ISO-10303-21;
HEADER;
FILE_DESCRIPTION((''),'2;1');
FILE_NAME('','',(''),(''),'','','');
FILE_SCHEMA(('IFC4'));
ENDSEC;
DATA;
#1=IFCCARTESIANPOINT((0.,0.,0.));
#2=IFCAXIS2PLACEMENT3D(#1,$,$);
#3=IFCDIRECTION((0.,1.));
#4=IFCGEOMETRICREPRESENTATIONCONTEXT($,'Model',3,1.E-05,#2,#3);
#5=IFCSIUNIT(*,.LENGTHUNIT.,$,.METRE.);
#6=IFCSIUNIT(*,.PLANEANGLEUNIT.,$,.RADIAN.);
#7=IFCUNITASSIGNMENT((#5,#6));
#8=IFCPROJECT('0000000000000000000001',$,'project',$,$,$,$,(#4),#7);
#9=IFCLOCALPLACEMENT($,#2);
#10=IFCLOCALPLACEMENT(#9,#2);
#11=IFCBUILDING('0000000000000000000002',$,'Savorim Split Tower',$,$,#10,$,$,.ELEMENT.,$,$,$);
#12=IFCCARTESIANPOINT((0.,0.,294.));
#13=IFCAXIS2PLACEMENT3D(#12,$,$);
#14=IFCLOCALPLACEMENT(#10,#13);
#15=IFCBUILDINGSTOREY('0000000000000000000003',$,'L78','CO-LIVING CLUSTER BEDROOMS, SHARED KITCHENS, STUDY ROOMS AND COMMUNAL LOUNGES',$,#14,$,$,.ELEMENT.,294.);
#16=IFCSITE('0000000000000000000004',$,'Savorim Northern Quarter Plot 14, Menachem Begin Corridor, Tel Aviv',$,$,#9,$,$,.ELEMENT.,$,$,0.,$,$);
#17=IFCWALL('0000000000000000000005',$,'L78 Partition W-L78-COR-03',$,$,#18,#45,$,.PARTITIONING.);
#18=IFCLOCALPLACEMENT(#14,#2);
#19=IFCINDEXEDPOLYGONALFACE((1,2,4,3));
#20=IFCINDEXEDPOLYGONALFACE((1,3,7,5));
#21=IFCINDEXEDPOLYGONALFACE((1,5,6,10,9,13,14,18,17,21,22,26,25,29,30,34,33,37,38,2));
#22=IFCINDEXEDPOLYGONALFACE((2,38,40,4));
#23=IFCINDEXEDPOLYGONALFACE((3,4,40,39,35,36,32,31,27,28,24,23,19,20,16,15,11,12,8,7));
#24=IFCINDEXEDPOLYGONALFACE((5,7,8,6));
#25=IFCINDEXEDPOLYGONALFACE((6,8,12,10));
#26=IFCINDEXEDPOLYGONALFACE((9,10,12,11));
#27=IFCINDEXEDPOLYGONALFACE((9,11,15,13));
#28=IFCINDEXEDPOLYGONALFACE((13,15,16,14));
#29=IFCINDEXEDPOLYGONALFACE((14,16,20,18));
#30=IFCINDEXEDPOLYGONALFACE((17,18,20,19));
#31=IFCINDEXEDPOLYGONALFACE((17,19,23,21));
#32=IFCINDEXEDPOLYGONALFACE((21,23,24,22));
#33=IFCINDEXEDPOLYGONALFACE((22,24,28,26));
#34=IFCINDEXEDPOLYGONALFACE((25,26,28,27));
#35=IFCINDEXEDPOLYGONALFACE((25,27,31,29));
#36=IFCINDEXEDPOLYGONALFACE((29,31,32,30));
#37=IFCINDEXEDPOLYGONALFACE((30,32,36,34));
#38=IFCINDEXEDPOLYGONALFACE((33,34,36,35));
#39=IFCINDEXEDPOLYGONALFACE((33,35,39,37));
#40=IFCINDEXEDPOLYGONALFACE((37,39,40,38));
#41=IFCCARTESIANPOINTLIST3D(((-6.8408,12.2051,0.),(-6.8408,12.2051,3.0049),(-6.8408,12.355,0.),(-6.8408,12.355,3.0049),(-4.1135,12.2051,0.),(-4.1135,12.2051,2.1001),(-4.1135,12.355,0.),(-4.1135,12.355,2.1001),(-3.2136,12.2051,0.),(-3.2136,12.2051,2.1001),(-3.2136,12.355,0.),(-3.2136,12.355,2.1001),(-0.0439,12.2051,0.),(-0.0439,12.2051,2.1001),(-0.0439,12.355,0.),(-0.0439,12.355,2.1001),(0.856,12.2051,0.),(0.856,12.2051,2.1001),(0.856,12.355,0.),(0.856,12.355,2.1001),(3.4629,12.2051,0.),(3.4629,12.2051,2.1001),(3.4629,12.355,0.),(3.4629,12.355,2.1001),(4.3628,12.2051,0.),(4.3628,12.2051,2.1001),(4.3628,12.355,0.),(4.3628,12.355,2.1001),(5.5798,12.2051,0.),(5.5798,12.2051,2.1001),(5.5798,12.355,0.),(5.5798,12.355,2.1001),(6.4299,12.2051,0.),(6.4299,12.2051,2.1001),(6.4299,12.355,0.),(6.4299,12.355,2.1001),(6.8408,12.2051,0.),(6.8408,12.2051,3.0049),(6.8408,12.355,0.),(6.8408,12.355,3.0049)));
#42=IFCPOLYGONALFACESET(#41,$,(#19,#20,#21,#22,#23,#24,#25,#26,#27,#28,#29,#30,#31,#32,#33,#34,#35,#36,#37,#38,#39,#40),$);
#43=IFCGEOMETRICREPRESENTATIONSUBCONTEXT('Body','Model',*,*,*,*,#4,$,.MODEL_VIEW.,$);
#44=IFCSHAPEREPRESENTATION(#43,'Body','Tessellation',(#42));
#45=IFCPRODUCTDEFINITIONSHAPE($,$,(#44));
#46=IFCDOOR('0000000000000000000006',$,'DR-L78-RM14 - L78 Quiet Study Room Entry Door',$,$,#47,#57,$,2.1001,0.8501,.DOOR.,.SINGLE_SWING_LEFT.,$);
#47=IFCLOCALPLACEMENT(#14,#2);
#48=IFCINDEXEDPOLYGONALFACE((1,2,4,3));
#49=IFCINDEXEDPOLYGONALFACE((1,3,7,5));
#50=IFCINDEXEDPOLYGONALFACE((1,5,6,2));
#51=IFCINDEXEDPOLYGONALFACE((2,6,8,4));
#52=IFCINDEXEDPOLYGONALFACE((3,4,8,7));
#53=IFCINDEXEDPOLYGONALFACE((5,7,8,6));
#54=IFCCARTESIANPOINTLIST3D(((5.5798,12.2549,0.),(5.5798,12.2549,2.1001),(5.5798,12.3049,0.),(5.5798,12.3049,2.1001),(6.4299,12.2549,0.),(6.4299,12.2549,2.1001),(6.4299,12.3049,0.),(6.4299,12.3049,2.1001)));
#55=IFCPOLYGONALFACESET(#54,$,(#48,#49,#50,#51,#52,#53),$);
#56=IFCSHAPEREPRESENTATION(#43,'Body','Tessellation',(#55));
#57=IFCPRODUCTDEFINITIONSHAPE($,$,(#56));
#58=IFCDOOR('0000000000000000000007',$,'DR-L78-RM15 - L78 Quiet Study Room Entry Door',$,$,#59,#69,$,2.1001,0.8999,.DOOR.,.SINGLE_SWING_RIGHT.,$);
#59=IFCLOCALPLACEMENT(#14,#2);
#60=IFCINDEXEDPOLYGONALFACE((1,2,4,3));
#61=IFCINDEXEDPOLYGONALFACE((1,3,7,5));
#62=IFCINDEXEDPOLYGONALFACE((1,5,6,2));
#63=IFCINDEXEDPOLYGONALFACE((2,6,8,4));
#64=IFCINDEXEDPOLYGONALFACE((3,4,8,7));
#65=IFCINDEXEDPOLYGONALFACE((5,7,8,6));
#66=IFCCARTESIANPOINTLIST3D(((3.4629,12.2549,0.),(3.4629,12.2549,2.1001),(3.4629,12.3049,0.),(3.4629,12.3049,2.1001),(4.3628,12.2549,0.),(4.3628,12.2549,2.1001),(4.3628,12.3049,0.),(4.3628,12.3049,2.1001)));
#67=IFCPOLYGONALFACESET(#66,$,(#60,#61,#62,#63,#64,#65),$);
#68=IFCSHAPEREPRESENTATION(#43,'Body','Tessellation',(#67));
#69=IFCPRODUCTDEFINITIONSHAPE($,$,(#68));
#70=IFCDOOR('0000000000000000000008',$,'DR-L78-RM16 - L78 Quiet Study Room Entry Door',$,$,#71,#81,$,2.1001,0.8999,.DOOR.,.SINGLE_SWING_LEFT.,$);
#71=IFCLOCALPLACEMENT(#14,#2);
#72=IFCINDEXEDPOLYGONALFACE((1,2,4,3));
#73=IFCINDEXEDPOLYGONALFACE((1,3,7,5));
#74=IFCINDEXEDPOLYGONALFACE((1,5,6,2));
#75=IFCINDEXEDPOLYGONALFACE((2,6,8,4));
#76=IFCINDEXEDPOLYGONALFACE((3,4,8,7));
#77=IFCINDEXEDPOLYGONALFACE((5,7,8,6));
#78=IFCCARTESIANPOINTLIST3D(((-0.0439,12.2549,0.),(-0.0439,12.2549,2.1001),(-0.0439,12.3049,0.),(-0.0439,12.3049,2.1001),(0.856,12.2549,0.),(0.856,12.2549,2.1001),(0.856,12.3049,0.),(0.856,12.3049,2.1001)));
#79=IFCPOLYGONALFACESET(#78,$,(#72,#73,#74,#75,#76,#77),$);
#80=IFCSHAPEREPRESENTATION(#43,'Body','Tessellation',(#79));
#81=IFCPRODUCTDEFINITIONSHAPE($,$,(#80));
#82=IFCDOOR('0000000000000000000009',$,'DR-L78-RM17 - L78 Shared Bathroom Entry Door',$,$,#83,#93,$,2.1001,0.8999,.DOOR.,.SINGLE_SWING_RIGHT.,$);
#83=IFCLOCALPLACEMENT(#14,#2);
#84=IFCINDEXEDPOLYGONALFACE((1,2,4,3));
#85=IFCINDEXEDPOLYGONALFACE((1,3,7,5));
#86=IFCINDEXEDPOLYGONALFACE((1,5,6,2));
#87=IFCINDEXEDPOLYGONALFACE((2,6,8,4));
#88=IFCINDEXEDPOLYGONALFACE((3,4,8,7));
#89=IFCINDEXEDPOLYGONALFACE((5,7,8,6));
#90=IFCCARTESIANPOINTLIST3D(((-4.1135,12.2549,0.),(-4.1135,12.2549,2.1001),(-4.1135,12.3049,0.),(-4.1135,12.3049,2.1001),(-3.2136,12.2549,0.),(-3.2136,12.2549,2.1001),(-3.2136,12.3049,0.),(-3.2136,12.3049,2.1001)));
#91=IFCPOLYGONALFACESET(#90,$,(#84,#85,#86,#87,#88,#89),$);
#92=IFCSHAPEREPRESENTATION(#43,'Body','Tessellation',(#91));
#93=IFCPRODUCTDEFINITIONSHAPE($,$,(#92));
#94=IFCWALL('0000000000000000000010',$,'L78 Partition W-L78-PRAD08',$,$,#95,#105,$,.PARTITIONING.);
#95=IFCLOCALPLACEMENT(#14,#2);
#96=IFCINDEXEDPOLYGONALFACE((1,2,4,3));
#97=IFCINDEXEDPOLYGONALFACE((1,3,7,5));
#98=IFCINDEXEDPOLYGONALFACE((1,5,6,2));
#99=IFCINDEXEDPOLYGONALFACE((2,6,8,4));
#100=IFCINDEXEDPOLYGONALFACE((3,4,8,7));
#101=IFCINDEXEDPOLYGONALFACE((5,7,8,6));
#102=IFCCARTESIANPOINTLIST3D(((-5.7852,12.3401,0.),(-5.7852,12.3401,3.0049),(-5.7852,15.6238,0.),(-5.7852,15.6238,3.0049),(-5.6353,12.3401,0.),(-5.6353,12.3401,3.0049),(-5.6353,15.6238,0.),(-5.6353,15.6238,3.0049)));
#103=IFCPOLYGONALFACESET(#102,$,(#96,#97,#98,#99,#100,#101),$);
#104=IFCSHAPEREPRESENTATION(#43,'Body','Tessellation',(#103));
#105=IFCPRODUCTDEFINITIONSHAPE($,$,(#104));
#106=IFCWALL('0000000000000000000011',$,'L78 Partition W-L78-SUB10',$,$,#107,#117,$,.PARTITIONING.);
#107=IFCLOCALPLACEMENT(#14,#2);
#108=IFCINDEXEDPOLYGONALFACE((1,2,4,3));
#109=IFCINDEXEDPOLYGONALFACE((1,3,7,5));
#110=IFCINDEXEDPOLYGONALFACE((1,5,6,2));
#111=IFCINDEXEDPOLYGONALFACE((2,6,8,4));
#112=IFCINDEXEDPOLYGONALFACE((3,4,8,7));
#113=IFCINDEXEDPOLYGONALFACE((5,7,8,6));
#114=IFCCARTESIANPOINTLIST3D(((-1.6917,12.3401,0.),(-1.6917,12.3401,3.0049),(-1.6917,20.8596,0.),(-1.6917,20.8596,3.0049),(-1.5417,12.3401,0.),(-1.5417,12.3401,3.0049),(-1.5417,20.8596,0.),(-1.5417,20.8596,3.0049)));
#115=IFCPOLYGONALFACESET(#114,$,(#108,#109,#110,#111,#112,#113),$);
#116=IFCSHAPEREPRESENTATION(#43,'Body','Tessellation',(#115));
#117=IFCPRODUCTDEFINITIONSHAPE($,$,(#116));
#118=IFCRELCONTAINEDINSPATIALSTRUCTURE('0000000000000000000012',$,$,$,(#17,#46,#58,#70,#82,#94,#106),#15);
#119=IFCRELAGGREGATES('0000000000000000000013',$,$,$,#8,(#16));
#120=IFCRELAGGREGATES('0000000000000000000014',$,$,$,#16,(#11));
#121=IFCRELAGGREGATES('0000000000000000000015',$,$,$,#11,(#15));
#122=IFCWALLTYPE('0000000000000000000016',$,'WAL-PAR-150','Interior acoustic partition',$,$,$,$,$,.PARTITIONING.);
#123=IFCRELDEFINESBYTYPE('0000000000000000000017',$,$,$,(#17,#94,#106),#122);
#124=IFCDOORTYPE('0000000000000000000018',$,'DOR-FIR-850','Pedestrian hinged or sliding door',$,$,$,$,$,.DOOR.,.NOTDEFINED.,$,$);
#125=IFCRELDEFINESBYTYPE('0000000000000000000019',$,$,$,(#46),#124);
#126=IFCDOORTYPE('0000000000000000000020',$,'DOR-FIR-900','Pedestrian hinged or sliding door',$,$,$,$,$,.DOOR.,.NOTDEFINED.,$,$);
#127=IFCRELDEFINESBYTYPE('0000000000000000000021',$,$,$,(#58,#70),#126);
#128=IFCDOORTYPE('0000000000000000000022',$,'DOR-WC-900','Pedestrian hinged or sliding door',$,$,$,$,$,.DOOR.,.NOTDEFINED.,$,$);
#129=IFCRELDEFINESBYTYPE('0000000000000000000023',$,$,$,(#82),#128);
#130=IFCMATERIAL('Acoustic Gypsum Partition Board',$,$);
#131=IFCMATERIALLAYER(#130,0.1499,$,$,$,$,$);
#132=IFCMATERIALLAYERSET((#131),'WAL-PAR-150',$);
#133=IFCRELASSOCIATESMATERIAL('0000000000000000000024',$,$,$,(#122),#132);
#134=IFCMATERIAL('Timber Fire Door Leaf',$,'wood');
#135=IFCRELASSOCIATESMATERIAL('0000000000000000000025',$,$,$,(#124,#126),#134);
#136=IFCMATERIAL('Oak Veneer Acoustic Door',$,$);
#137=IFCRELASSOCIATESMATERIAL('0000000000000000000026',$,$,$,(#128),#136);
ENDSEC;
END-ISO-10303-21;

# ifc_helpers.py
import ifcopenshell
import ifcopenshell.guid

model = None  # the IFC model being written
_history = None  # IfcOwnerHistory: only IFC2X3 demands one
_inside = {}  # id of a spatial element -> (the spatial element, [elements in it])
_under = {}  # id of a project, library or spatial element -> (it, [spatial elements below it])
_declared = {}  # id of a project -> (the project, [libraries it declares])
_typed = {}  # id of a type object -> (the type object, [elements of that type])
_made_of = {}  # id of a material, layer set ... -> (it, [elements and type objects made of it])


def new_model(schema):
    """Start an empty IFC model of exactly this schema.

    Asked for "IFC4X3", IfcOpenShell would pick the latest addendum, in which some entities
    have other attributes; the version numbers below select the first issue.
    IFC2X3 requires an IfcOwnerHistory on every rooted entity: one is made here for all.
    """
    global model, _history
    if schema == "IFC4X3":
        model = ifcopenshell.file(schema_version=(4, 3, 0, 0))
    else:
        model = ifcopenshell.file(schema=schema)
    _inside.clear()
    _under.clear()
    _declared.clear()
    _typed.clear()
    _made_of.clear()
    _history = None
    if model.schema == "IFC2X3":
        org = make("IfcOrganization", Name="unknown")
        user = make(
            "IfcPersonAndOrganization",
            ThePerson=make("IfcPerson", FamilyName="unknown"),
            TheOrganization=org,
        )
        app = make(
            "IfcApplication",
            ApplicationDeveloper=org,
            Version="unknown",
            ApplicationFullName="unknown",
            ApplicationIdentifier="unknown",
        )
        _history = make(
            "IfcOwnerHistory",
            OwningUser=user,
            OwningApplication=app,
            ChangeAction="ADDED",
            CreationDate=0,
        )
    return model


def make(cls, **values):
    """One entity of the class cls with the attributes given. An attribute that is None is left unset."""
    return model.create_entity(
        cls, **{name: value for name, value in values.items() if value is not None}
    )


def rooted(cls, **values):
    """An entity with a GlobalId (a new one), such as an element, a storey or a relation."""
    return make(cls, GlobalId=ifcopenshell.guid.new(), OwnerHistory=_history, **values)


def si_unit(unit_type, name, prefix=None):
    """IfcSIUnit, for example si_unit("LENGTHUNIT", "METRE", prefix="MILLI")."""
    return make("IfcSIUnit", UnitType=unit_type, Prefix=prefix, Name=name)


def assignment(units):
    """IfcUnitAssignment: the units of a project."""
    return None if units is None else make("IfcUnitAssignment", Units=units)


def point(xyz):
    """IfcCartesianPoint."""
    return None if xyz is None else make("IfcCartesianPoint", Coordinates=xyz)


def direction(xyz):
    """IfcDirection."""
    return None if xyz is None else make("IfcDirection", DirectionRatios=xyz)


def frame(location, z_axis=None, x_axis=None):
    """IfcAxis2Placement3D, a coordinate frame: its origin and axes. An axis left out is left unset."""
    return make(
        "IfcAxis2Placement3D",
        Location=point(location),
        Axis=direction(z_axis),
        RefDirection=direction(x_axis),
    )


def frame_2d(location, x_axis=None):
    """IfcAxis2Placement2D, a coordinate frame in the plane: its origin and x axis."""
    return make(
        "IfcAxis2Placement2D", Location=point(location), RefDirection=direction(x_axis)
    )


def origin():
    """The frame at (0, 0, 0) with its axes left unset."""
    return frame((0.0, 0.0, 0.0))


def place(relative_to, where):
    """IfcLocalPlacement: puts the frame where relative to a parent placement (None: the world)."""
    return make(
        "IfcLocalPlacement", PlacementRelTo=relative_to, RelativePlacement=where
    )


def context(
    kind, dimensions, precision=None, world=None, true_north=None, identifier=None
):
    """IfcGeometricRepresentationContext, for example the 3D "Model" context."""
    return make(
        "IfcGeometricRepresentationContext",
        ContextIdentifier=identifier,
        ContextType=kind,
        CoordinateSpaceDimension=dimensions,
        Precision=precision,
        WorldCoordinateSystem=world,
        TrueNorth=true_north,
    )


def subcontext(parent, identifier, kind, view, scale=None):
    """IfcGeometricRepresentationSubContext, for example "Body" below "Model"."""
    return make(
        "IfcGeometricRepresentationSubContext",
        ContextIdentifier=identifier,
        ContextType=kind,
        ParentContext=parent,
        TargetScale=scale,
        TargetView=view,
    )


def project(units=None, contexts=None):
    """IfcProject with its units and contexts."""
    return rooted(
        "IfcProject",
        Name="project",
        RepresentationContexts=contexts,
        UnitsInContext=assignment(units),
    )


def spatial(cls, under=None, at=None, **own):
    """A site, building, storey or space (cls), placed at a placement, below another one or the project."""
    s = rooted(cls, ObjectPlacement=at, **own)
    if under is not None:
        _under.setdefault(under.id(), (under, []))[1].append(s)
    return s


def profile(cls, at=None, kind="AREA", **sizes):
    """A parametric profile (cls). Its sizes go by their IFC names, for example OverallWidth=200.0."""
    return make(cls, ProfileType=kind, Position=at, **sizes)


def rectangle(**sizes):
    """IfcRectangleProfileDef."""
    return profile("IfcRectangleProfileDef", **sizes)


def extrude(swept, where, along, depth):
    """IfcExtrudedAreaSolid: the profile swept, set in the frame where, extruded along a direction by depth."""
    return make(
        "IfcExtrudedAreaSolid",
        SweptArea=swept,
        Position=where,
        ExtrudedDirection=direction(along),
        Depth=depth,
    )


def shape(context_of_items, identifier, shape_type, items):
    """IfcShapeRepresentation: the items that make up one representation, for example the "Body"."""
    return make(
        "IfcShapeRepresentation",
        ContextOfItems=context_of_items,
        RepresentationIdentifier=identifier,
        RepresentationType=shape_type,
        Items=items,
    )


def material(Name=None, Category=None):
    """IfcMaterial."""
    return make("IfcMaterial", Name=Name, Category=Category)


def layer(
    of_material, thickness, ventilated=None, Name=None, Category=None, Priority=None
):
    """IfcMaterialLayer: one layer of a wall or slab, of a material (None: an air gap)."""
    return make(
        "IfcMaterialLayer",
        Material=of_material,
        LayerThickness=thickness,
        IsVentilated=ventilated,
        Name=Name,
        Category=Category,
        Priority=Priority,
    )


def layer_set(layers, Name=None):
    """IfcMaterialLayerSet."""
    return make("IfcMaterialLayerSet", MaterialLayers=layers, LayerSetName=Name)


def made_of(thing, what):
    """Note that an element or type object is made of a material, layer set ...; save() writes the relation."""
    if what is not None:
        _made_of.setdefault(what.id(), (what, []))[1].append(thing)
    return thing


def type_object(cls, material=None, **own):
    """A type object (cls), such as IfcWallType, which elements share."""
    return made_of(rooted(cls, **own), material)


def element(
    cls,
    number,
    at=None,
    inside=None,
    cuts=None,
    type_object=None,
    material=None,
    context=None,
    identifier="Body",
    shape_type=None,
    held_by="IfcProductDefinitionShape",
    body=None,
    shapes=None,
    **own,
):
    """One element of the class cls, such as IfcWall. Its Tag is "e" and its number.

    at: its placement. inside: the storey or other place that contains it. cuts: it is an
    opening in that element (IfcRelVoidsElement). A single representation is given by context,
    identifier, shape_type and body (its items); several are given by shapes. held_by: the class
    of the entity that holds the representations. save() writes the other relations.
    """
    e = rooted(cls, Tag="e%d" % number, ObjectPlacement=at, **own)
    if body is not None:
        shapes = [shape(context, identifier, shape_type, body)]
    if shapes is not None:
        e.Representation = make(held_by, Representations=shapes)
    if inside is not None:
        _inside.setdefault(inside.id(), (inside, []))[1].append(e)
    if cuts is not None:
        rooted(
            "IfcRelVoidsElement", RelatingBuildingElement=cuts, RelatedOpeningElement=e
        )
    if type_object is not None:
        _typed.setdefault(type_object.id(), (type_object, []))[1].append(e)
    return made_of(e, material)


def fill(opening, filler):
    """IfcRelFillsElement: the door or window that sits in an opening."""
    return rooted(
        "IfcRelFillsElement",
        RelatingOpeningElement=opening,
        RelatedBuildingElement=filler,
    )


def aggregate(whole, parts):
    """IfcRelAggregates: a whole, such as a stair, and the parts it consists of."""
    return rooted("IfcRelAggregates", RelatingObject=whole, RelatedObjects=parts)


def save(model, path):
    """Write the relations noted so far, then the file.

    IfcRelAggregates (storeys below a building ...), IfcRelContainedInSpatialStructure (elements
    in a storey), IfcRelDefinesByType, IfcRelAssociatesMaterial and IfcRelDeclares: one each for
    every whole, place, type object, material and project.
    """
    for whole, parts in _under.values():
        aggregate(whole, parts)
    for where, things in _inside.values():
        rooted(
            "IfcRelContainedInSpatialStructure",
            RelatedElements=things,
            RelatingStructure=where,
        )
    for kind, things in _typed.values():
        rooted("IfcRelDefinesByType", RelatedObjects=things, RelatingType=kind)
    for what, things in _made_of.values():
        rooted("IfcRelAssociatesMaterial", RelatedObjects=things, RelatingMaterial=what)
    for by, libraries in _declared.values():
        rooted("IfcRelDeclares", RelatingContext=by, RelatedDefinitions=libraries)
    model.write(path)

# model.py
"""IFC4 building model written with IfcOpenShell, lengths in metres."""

from ifc_helpers import new_model, si_unit, direction, frame, frame_2d, origin, place, context, subcontext, project, spatial, rectangle, extrude, material, layer, layer_set, type_object, element, fill, save


model = new_model("IFC4")

# Units and contexts
model_context = context("Model", 3, precision=1e-05, world=origin(), true_north=direction((0.0, 1.0)))
body_context = subcontext(model_context, "Body", "Model", "MODEL_VIEW")
ifc_project = project(units=[si_unit("LENGTHUNIT", "METRE"), si_unit("PLANEANGLEUNIT", "RADIAN")], contexts=[model_context])

# Site, building, storey
site_placement = place(None, origin())
site = spatial("IfcSite", under=ifc_project, at=site_placement, Name="Savorim Northern Quarter Plot 14, Menachem Begin Corridor, Tel Aviv", CompositionType="ELEMENT", RefElevation=0.0)
building_placement = place(site_placement, origin())
building = spatial("IfcBuilding", under=site, at=building_placement, Name="Savorim Split Tower", CompositionType="ELEMENT")
storey_placement = place(building_placement, frame((0.0, 0.0, 294.0)))
storey = spatial("IfcBuildingStorey", under=building, at=storey_placement, Name="L78", Description="CO-LIVING CLUSTER BEDROOMS, SHARED KITCHENS, STUDY ROOMS AND COMMUNAL LOUNGES", CompositionType="ELEMENT", Elevation=294.0)

# Shared definitions
ifc_material_1 = material(Name="Acoustic Gypsum Partition Board")
ifc_layer_1 = layer(ifc_material_1, 0.1499)
ifc_layer_set_1 = layer_set([ifc_layer_1], Name="WAL-PAR-150")
wall_type_1 = type_object("IfcWallType", Name="WAL-PAR-150", Description="Interior acoustic partition", PredefinedType="PARTITIONING", material=ifc_layer_set_1)

# Wall, openings, doors
wall_1_placement = place(storey_placement, frame((-6.8408, 12.28, 0.0), z_axis=(0.0, 0.0, 1.0), x_axis=(1.0, 0.0, 0.0)))
wall_1 = element("IfcWall", 1, at=wall_1_placement, inside=storey, type_object=wall_type_1, Name="L78 Partition W-L78-COR-03", PredefinedType="PARTITIONING", context=body_context, shape_type="SweptSolid", body=[
    extrude(rectangle(XDim=13.6816, YDim=0.1499, at=frame_2d((6.8408, 0.0))), origin(), (0.0, 0.0, 1.0), 3.0049),
])
opening_1_placement = place(wall_1_placement, frame((12.4207, 0.0, 0.0)))
opening_1 = element("IfcOpeningElement", 2, at=opening_1_placement, cuts=wall_1, PredefinedType="OPENING", context=body_context, shape_type="SweptSolid", body=[
    extrude(rectangle(XDim=0.8501, YDim=2.1001, at=frame_2d((0.425, 1.05))), frame((0.0, 0.085, 0.0), z_axis=(0.0, -1.0, 0.0), x_axis=(1.0, 0.0, 0.0)), (0.0, 0.0, 1.0), 0.1699),
])
opening_2_placement = place(wall_1_placement, frame((10.3037, 0.0, 0.0)))
opening_2 = element("IfcOpeningElement", 3, at=opening_2_placement, cuts=wall_1, PredefinedType="OPENING", context=body_context, shape_type="SweptSolid", body=[
    extrude(rectangle(XDim=0.8999, YDim=2.1001, at=frame_2d((0.45, 1.05))), frame((0.0, 0.085, 0.0), z_axis=(0.0, -1.0, 0.0), x_axis=(1.0, 0.0, 0.0)), (0.0, 0.0, 1.0), 0.1699),
])
opening_3_placement = place(wall_1_placement, frame((6.7969, 0.0, 0.0)))
opening_3 = element("IfcOpeningElement", 4, at=opening_3_placement, cuts=wall_1, PredefinedType="OPENING", context=body_context, shape_type="SweptSolid", body=[
    extrude(rectangle(XDim=0.8999, YDim=2.1001, at=frame_2d((0.45, 1.05))), frame((0.0, 0.085, 0.0), z_axis=(0.0, -1.0, 0.0), x_axis=(1.0, 0.0, 0.0)), (0.0, 0.0, 1.0), 0.1699),
])
opening_4_placement = place(wall_1_placement, frame((2.7273, 0.0, 0.0)))
opening_4 = element("IfcOpeningElement", 5, at=opening_4_placement, cuts=wall_1, PredefinedType="OPENING", context=body_context, shape_type="SweptSolid", body=[
    extrude(rectangle(XDim=0.8999, YDim=2.1001, at=frame_2d((0.45, 1.05))), frame((0.0, 0.085, 0.0), z_axis=(0.0, -1.0, 0.0), x_axis=(1.0, 0.0, 0.0)), (0.0, 0.0, 1.0), 0.1699),
])
ifc_material_2 = material(Name="Timber Fire Door Leaf", Category="wood")
door_type_1 = type_object("IfcDoorType", Name="DOR-FIR-850", Description="Pedestrian hinged or sliding door", OperationType="NOTDEFINED", PredefinedType="DOOR", material=ifc_material_2)
door_1_placement = place(opening_1_placement, origin())
door_1 = element("IfcDoor", 6, at=door_1_placement, inside=storey, type_object=door_type_1, Name="DR-L78-RM14 - L78 Quiet Study Room Entry Door", OperationType="SINGLE_SWING_LEFT", OverallHeight=2.1001, OverallWidth=0.8501, PredefinedType="DOOR", context=body_context, shape_type="SweptSolid", body=[
    extrude(rectangle(XDim=0.8501, YDim=2.1001, at=frame_2d((0.425, 1.05))), frame((0.0, 0.0249, 0.0), z_axis=(0.0, -1.0, 0.0), x_axis=(1.0, 0.0, 0.0)), (0.0, 0.0, 1.0), 0.05),
])
fill(opening_1, door_1)
door_type_2 = type_object("IfcDoorType", Name="DOR-FIR-900", Description="Pedestrian hinged or sliding door", OperationType="NOTDEFINED", PredefinedType="DOOR", material=ifc_material_2)
door_2_placement = place(opening_2_placement, origin())
door_2 = element("IfcDoor", 7, at=door_2_placement, inside=storey, type_object=door_type_2, Name="DR-L78-RM15 - L78 Quiet Study Room Entry Door", OperationType="SINGLE_SWING_RIGHT", OverallHeight=2.1001, OverallWidth=0.8999, PredefinedType="DOOR", context=body_context, shape_type="SweptSolid", body=[
    extrude(rectangle(XDim=0.8999, YDim=2.1001, at=frame_2d((0.45, 1.05))), frame((0.0, 0.0249, 0.0), z_axis=(0.0, -1.0, 0.0), x_axis=(1.0, 0.0, 0.0)), (0.0, 0.0, 1.0), 0.05),
])
fill(opening_2, door_2)
door_3_placement = place(opening_3_placement, origin())
door_3 = element("IfcDoor", 8, at=door_3_placement, inside=storey, type_object=door_type_2, Name="DR-L78-RM16 - L78 Quiet Study Room Entry Door", OperationType="SINGLE_SWING_LEFT", OverallHeight=2.1001, OverallWidth=0.8999, PredefinedType="DOOR", context=body_context, shape_type="SweptSolid", body=[
    extrude(rectangle(XDim=0.8999, YDim=2.1001, at=frame_2d((0.45, 1.05))), frame((0.0, 0.0249, 0.0), z_axis=(0.0, -1.0, 0.0), x_axis=(1.0, 0.0, 0.0)), (0.0, 0.0, 1.0), 0.05),
])
fill(opening_3, door_3)
ifc_material_3 = material(Name="Oak Veneer Acoustic Door")
door_type_3 = type_object("IfcDoorType", Name="DOR-WC-900", Description="Pedestrian hinged or sliding door", OperationType="NOTDEFINED", PredefinedType="DOOR", material=ifc_material_3)
door_4_placement = place(opening_4_placement, origin())
door_4 = element("IfcDoor", 9, at=door_4_placement, inside=storey, type_object=door_type_3, Name="DR-L78-RM17 - L78 Shared Bathroom Entry Door", OperationType="SINGLE_SWING_RIGHT", OverallHeight=2.1001, OverallWidth=0.8999, PredefinedType="DOOR", context=body_context, shape_type="SweptSolid", body=[
    extrude(rectangle(XDim=0.8999, YDim=2.1001, at=frame_2d((0.45, 1.05))), frame((0.0, 0.0249, 0.0), z_axis=(0.0, -1.0, 0.0), x_axis=(1.0, 0.0, 0.0)), (0.0, 0.0, 1.0), 0.05),
])
fill(opening_4, door_4)

# Walls
wall_2_placement = place(storey_placement, frame((-5.7102, 12.3401, 0.0), z_axis=(0.0, 0.0, 1.0), x_axis=(0.0, 1.0, 0.0)))
element("IfcWall", 10, at=wall_2_placement, inside=storey, type_object=wall_type_1, Name="L78 Partition W-L78-PRAD08", PredefinedType="PARTITIONING", context=body_context, shape_type="SweptSolid", body=[
    extrude(rectangle(XDim=3.2837, YDim=0.1499, at=frame_2d((1.6418, 0.0))), origin(), (0.0, 0.0, 1.0), 3.0049),
])
wall_3_placement = place(storey_placement, frame((-1.6167, 12.3401, 0.0), z_axis=(0.0, 0.0, 1.0), x_axis=(0.0, 1.0, 0.0)))
element("IfcWall", 11, at=wall_3_placement, inside=storey, type_object=wall_type_1, Name="L78 Partition W-L78-SUB10", PredefinedType="PARTITIONING", context=body_context, shape_type="SweptSolid", body=[
    extrude(rectangle(XDim=8.5195, YDim=0.1499, at=frame_2d((4.2598, 0.0))), origin(), (0.0, 0.0, 1.0), 3.0049),
])

save(model, "model.ifc")
